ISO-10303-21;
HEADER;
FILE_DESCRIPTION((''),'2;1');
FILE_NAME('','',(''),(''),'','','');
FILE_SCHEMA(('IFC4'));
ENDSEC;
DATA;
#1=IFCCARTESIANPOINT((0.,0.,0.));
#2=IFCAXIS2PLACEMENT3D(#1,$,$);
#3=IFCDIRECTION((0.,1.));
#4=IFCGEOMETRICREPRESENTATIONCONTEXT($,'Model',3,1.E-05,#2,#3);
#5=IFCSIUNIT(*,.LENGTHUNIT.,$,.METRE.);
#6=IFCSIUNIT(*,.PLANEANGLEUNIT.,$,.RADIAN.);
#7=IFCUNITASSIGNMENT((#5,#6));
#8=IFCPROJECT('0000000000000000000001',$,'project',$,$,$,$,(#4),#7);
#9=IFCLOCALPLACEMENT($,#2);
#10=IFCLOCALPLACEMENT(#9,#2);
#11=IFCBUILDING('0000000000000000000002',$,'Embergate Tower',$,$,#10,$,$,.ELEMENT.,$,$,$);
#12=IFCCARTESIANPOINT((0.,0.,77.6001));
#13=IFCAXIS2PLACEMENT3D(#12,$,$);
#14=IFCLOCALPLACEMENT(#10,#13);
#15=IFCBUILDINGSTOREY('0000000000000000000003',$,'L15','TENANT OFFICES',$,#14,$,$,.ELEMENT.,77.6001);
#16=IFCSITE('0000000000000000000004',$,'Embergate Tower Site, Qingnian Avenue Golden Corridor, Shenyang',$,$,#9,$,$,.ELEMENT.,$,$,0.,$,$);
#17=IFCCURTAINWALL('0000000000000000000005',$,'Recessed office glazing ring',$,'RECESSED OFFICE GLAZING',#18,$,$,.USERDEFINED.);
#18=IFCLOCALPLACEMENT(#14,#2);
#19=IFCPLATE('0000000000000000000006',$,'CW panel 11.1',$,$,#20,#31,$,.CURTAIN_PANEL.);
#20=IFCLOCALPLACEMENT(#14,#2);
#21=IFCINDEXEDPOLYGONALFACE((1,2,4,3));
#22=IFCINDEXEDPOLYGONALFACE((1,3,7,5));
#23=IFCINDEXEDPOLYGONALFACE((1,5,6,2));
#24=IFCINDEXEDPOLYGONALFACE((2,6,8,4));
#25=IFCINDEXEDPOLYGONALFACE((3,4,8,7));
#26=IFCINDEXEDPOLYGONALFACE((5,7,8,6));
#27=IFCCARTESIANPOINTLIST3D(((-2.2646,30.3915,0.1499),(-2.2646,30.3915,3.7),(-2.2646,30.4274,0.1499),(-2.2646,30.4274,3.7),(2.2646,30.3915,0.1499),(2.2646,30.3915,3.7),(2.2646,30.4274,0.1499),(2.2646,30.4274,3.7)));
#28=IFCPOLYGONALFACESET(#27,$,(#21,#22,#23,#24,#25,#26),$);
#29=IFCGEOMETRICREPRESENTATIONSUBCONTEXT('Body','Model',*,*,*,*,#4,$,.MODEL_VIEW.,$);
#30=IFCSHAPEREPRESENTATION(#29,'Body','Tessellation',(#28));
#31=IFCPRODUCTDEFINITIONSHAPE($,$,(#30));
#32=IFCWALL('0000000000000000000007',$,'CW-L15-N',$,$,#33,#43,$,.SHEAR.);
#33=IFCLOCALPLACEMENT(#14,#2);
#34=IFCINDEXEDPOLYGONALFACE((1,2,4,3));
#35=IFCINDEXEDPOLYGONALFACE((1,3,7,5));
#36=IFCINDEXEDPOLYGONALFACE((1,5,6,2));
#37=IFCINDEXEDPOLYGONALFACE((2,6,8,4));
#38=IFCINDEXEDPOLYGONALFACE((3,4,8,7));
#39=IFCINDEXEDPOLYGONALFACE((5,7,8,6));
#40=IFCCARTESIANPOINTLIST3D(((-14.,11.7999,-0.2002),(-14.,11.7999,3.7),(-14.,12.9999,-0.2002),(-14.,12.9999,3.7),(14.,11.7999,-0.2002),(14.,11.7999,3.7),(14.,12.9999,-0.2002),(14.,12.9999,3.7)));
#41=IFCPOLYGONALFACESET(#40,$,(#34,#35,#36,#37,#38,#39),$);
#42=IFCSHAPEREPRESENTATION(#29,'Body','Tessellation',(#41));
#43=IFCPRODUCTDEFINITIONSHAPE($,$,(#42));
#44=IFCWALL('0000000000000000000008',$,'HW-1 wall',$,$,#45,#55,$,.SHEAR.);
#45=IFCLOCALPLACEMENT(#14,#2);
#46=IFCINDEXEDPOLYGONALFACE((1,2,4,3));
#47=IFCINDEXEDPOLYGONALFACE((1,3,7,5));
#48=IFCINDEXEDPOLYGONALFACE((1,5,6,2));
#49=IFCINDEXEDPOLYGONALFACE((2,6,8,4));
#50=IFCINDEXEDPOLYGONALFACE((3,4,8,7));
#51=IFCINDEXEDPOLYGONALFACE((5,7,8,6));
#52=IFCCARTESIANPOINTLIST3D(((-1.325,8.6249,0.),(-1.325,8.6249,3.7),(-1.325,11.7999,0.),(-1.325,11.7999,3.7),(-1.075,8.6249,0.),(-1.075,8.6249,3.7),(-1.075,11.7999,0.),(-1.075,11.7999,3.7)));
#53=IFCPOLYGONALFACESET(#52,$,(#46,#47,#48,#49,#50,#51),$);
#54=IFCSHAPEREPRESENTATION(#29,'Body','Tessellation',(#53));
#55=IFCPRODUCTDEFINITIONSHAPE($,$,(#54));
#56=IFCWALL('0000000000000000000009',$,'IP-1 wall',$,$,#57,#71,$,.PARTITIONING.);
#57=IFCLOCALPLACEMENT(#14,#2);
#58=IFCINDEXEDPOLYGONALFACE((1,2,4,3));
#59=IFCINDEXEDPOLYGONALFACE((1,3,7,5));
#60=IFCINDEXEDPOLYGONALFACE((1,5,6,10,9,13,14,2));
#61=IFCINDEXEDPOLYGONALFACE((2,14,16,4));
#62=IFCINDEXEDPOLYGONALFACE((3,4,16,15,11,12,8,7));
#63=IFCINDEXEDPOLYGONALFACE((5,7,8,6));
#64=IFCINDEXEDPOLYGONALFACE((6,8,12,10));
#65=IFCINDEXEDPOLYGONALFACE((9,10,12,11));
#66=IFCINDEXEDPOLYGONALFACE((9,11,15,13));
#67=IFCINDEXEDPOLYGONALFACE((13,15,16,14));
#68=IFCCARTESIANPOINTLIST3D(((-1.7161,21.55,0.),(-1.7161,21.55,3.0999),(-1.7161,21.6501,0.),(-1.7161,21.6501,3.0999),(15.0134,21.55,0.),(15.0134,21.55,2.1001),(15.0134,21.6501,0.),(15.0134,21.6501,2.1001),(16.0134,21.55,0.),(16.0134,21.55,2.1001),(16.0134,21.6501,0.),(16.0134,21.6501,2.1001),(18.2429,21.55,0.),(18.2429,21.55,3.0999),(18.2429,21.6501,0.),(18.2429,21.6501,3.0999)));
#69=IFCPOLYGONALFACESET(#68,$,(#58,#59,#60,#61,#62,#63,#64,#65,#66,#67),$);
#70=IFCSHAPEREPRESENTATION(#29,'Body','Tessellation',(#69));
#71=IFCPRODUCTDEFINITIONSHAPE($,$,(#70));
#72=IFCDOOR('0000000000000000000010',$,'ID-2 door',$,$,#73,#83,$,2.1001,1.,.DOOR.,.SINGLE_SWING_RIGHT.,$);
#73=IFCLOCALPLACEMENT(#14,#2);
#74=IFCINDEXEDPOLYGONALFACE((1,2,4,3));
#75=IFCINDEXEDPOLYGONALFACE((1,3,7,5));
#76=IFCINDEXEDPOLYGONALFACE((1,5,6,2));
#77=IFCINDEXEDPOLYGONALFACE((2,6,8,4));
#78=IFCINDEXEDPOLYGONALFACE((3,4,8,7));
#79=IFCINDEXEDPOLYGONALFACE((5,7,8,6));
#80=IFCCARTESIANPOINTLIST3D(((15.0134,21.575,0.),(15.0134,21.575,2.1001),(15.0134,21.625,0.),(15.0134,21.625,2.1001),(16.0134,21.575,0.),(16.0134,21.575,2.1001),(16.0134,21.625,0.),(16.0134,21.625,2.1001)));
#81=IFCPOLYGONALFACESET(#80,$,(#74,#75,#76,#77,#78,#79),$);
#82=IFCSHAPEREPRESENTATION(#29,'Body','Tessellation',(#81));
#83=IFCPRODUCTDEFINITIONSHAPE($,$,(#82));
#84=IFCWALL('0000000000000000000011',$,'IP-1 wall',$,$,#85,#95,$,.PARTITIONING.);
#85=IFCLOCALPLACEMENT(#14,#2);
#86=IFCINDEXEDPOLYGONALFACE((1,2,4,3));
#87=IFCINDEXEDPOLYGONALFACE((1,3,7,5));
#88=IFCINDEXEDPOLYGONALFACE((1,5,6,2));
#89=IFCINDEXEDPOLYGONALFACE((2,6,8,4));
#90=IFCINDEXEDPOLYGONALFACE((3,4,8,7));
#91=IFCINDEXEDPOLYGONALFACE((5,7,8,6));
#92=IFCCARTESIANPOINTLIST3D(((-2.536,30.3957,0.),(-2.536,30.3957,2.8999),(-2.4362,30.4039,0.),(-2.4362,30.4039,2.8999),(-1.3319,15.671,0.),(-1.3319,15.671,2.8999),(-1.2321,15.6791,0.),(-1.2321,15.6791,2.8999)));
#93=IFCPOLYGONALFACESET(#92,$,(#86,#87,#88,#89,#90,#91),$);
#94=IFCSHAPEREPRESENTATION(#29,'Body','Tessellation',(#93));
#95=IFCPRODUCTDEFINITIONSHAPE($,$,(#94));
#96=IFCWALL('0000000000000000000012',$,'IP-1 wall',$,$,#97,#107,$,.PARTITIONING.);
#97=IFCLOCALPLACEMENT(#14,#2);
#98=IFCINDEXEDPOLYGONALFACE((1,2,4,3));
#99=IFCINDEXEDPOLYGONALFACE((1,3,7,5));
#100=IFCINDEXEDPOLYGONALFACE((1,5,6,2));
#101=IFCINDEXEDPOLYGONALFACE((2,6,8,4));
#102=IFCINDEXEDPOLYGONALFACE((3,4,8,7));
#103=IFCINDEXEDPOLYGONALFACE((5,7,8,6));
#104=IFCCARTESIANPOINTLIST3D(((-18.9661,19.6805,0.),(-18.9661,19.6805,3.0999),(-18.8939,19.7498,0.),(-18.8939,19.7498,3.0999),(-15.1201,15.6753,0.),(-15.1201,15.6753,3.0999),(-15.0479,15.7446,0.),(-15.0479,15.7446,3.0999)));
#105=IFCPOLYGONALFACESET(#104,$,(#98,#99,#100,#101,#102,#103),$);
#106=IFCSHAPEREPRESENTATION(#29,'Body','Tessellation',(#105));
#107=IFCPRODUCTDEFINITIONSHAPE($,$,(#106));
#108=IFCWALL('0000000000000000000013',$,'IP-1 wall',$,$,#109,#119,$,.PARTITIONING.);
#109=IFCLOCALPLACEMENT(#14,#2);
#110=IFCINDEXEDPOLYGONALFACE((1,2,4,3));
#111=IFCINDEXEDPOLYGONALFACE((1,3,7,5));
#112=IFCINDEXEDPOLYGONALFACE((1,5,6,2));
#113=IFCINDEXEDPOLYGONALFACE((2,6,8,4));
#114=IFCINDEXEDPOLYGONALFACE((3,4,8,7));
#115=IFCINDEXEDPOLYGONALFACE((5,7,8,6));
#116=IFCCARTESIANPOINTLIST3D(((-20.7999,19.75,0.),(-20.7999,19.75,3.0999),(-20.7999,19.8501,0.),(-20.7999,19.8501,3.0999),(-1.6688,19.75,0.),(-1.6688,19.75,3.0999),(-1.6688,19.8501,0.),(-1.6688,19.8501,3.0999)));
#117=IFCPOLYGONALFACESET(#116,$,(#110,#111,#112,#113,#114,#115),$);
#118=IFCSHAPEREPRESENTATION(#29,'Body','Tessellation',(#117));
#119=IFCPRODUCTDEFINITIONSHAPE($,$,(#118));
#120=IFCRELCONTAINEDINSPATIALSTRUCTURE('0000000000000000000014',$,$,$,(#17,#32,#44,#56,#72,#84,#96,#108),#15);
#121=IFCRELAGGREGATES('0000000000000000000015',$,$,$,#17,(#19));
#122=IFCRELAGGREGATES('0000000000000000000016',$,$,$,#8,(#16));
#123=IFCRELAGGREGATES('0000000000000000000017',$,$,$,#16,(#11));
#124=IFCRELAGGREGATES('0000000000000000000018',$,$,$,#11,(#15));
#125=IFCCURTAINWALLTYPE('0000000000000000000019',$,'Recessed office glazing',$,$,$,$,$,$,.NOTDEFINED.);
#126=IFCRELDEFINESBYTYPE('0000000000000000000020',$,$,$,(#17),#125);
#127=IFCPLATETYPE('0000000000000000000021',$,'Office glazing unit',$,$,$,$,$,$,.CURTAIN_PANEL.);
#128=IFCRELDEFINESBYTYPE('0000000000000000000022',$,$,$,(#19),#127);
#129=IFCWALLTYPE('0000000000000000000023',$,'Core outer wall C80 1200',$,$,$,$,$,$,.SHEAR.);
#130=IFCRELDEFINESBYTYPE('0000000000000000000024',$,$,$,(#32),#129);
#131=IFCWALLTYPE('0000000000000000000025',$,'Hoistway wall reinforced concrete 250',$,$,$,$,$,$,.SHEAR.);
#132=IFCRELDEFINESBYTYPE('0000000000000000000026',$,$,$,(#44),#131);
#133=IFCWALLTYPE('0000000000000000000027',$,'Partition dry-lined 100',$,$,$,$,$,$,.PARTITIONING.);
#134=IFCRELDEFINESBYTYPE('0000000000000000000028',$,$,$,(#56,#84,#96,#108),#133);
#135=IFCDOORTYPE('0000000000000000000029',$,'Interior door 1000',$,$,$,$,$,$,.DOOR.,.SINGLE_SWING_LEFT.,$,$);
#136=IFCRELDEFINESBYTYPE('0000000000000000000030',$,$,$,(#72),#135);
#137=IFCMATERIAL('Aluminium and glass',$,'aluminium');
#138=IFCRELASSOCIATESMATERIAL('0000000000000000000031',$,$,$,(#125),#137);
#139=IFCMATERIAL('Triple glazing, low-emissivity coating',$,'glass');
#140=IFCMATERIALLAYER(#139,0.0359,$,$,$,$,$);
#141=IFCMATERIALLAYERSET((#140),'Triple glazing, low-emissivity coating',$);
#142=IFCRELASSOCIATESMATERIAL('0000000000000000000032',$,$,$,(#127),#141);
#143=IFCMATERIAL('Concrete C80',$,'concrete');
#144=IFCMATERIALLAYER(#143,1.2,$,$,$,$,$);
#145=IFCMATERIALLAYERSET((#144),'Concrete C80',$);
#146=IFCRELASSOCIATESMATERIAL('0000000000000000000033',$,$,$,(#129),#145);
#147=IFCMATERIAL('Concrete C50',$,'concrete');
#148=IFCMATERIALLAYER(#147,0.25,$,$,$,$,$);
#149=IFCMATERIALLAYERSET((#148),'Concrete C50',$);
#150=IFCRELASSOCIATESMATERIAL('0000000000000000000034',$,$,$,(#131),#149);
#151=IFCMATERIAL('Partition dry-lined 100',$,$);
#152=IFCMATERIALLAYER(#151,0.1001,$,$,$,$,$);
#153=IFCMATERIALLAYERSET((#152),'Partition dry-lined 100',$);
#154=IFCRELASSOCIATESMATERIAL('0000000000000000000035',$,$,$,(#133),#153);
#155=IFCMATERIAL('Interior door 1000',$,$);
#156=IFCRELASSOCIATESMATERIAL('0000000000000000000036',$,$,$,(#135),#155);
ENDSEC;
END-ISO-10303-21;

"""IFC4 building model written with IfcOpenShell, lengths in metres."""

from ifc_helpers import new_model, si_unit, direction, frame, frame_2d, origin, origin_2d, place, context, subcontext, project, spatial, rectangle, extrude, source, transform, mapped, material, layer, layer_set, type_object, element, fill, aggregate, save


model = new_model("IFC4")

# Units and contexts
model_context = context("Model", 3, precision=1e-05, world=origin(), true_north=direction((0.0, 1.0)))
body_context = subcontext(model_context, "Body", "Model", "MODEL_VIEW")
ifc_project = project(units=[si_unit("LENGTHUNIT", "METRE"), si_unit("PLANEANGLEUNIT", "RADIAN")], contexts=[model_context])

# Site, building, storey
site_placement = place(None, origin())
site = spatial("IfcSite", under=ifc_project, at=site_placement, Name="Embergate Tower Site, Qingnian Avenue Golden Corridor, Shenyang", CompositionType="ELEMENT", RefElevation=0.0)
building_placement = place(site_placement, origin())
building = spatial("IfcBuilding", under=site, at=building_placement, Name="Embergate Tower", CompositionType="ELEMENT")
storey_placement = place(building_placement, frame((0.0, 0.0, 77.6001)))
storey = spatial("IfcBuildingStorey", under=building, at=storey_placement, Name="L15", Description="TENANT OFFICES", CompositionType="ELEMENT", Elevation=77.6001)

# Curtain wall, plate
ifc_material_1 = material(Name="Aluminium and glass", Category="aluminium")
curtain_wall_type = type_object("IfcCurtainWallType", Name="Recessed office glazing", PredefinedType="NOTDEFINED", material=ifc_material_1)
curtain_wall_placement = place(storey_placement, origin())
curtain_wall = element("IfcCurtainWall", 1, at=curtain_wall_placement, inside=storey, type_object=curtain_wall_type, Name="Recessed office glazing ring", ObjectType="RECESSED OFFICE GLAZING", PredefinedType="USERDEFINED")
ifc_material_2 = material(Name="Triple glazing, low-emissivity coating", Category="glass")
ifc_layer_1 = layer(ifc_material_2, 0.0359)
ifc_layer_set_1 = layer_set([ifc_layer_1], Name="Triple glazing, low-emissivity coating")
plate_type = type_object("IfcPlateType", Name="Office glazing unit", PredefinedType="CURTAIN_PANEL", material=ifc_layer_set_1)
shared_shape_1 = source(origin(), body_context, "Body", "SweptSolid", [
    extrude(rectangle(XDim=4.5293, YDim=0.0359, at=origin_2d()), origin(), (0.0, 0.0, 1.0), 3.55),
])
plate_1_placement = place(storey_placement, frame((0.0, 30.4094, 0.1499), z_axis=(0.0, 0.0, 1.0), x_axis=(-1.0, 0.0, 0.0)))
plate_1 = element("IfcPlate", 2, at=plate_1_placement, type_object=plate_type, Name="CW panel 11.1", PredefinedType="CURTAIN_PANEL", context=body_context, shape_type="MappedRepresentation", body=[
    mapped(shared_shape_1, transform((0.0, 0.0, 0.0))),
])
aggregate(curtain_wall, [plate_1])

# Walls
ifc_material_3 = material(Name="Concrete C80", Category="concrete")
ifc_layer_2 = layer(ifc_material_3, 1.2)
ifc_layer_set_2 = layer_set([ifc_layer_2], Name="Concrete C80")
wall_type_1 = type_object("IfcWallType", Name="Core outer wall C80 1200", PredefinedType="SHEAR", material=ifc_layer_set_2)
shared_shape_2 = source(origin(), body_context, "Body", "SweptSolid", [
    extrude(rectangle(XDim=28.0, YDim=1.2, at=frame_2d((14.0, 0.0))), origin(), (0.0, 0.0, 1.0), 3.9001),
])
wall_1_placement = place(storey_placement, frame((-14.0, 12.3999, -0.2002), z_axis=(0.0, 0.0, 1.0), x_axis=(1.0, 0.0, 0.0)))
element("IfcWall", 3, at=wall_1_placement, inside=storey, type_object=wall_type_1, Name="CW-L15-N", PredefinedType="SHEAR", context=body_context, shape_type="MappedRepresentation", body=[
    mapped(shared_shape_2, transform((0.0, 0.0, 0.0))),
])
ifc_material_4 = material(Name="Concrete C50", Category="concrete")
ifc_layer_3 = layer(ifc_material_4, 0.25)
ifc_layer_set_3 = layer_set([ifc_layer_3], Name="Concrete C50")
wall_type_2 = type_object("IfcWallType", Name="Hoistway wall reinforced concrete 250", PredefinedType="SHEAR", material=ifc_layer_set_3)
shared_shape_3 = source(origin(), body_context, "Body", "SweptSolid", [
    extrude(rectangle(XDim=3.175, YDim=0.25, at=frame_2d((1.5874, 0.0))), origin(), (0.0, 0.0, 1.0), 3.7),
])
wall_2_placement = place(storey_placement, frame((-1.2, 8.625, 0.0), z_axis=(0.0, 0.0, 1.0), x_axis=(0.0, 1.0, 0.0)))
element("IfcWall", 4, at=wall_2_placement, inside=storey, type_object=wall_type_2, Name="HW-1 wall", PredefinedType="SHEAR", context=body_context, shape_type="MappedRepresentation", body=[
    mapped(shared_shape_3, transform((0.0, 0.0, 0.0))),
])

# Wall, opening, door
ifc_material_5 = material(Name="Partition dry-lined 100")
ifc_layer_4 = layer(ifc_material_5, 0.1001)
ifc_layer_set_4 = layer_set([ifc_layer_4], Name="Partition dry-lined 100")
wall_type_3 = type_object("IfcWallType", Name="Partition dry-lined 100", PredefinedType="PARTITIONING", material=ifc_layer_set_4)
shared_shape_4 = source(origin(), body_context, "Body", "SweptSolid", [
    extrude(rectangle(XDim=19.959, YDim=0.1001, at=frame_2d((9.9795, 0.0))), origin(), (0.0, 0.0, 1.0), 3.0999),
])
wall_3_placement = place(storey_placement, frame((-1.7161, 21.6001, 0.0), z_axis=(0.0, 0.0, 1.0), x_axis=(1.0, 0.0, 0.0)))
wall_3 = element("IfcWall", 5, at=wall_3_placement, inside=storey, type_object=wall_type_3, Name="IP-1 wall", PredefinedType="PARTITIONING", context=body_context, shape_type="MappedRepresentation", body=[
    mapped(shared_shape_4, transform((0.0, 0.0, 0.0))),
])
shared_shape_5 = source(origin(), body_context, "Body", "SweptSolid", [
    extrude(rectangle(XDim=1.0, YDim=2.1001, at=frame_2d((0.5, 1.05))), frame((0.0, 0.0601, 0.0), z_axis=(0.0, -1.0, 0.0), x_axis=(1.0, 0.0, 0.0)), (0.0, 0.0, 1.0), 0.1201),
])
opening_placement = place(wall_3_placement, frame((16.7295, 0.0, 0.0)))
opening = element("IfcOpeningElement", 6, at=opening_placement, cuts=wall_3, PredefinedType="OPENING", context=body_context, shape_type="MappedRepresentation", body=[
    mapped(shared_shape_5, transform((0.0, 0.0, 0.0))),
])
ifc_material_6 = material(Name="Interior door 1000")
door_type = type_object("IfcDoorType", Name="Interior door 1000", OperationType="SINGLE_SWING_LEFT", PredefinedType="DOOR", material=ifc_material_6)
shared_shape_6 = source(origin(), body_context, "Body", "SweptSolid", [
    extrude(rectangle(XDim=1.0, YDim=2.1001, at=frame_2d((0.5, 1.05))), frame((0.0, 0.0249, 0.0), z_axis=(0.0, -1.0, 0.0), x_axis=(1.0, 0.0, 0.0)), (0.0, 0.0, 1.0), 0.05),
])
door_placement = place(opening_placement, origin())
door = element("IfcDoor", 7, at=door_placement, inside=storey, type_object=door_type, Name="ID-2 door", OperationType="SINGLE_SWING_RIGHT", OverallHeight=2.1001, OverallWidth=1.0, PredefinedType="DOOR", context=body_context, shape_type="MappedRepresentation", body=[
    mapped(shared_shape_6, transform((0.0, 0.0, 0.0))),
])
fill(opening, door)

# Walls
shared_shape_7 = source(origin(), body_context, "Body", "SweptSolid", [
    extrude(rectangle(XDim=14.7739, YDim=0.1001, at=frame_2d((7.387, 0.0))), origin(), (0.0, 0.0, 1.0), 2.8999),
])
wall_4_placement = place(storey_placement, frame((-1.282, 15.675, 0.0), z_axis=(0.0, 0.0, 1.0), x_axis=(-0.081501, 0.996673, 0.0)))
element("IfcWall", 8, at=wall_4_placement, inside=storey, type_object=wall_type_3, Name="IP-1 wall", PredefinedType="PARTITIONING", context=body_context, shape_type="MappedRepresentation", body=[
    mapped(shared_shape_7, transform((0.0, 0.0, 0.0))),
])
shared_shape_8 = source(origin(), body_context, "Body", "SweptSolid", [
    extrude(rectangle(XDim=5.5527, YDim=0.1001, at=frame_2d((2.7764, 0.0))), origin(), (0.0, 0.0, 1.0), 3.0999),
])
wall_5_placement = place(storey_placement, frame((-15.084, 15.71, 0.0), z_axis=(0.0, 0.0, 1.0), x_axis=(-0.692628, 0.721295, 0.0)))
element("IfcWall", 9, at=wall_5_placement, inside=storey, type_object=wall_type_3, Name="IP-1 wall", PredefinedType="PARTITIONING", context=body_context, shape_type="MappedRepresentation", body=[
    mapped(shared_shape_8, transform((0.0, 0.0, 0.0))),
])
shared_shape_9 = source(origin(), body_context, "Body", "SweptSolid", [
    extrude(rectangle(XDim=19.1311, YDim=0.1001, at=frame_2d((9.5654, 0.0))), origin(), (0.0, 0.0, 1.0), 3.0999),
])
wall_6_placement = place(storey_placement, frame((-1.6689, 19.8, 0.0), z_axis=(0.0, 0.0, 1.0), x_axis=(-1.0, 0.0, 0.0)))
element("IfcWall", 10, at=wall_6_placement, inside=storey, type_object=wall_type_3, Name="IP-1 wall", PredefinedType="PARTITIONING", context=body_context, shape_type="MappedRepresentation", body=[
    mapped(shared_shape_9, transform((0.0, 0.0, 0.0))),
])

save(model, "model.ifc")
